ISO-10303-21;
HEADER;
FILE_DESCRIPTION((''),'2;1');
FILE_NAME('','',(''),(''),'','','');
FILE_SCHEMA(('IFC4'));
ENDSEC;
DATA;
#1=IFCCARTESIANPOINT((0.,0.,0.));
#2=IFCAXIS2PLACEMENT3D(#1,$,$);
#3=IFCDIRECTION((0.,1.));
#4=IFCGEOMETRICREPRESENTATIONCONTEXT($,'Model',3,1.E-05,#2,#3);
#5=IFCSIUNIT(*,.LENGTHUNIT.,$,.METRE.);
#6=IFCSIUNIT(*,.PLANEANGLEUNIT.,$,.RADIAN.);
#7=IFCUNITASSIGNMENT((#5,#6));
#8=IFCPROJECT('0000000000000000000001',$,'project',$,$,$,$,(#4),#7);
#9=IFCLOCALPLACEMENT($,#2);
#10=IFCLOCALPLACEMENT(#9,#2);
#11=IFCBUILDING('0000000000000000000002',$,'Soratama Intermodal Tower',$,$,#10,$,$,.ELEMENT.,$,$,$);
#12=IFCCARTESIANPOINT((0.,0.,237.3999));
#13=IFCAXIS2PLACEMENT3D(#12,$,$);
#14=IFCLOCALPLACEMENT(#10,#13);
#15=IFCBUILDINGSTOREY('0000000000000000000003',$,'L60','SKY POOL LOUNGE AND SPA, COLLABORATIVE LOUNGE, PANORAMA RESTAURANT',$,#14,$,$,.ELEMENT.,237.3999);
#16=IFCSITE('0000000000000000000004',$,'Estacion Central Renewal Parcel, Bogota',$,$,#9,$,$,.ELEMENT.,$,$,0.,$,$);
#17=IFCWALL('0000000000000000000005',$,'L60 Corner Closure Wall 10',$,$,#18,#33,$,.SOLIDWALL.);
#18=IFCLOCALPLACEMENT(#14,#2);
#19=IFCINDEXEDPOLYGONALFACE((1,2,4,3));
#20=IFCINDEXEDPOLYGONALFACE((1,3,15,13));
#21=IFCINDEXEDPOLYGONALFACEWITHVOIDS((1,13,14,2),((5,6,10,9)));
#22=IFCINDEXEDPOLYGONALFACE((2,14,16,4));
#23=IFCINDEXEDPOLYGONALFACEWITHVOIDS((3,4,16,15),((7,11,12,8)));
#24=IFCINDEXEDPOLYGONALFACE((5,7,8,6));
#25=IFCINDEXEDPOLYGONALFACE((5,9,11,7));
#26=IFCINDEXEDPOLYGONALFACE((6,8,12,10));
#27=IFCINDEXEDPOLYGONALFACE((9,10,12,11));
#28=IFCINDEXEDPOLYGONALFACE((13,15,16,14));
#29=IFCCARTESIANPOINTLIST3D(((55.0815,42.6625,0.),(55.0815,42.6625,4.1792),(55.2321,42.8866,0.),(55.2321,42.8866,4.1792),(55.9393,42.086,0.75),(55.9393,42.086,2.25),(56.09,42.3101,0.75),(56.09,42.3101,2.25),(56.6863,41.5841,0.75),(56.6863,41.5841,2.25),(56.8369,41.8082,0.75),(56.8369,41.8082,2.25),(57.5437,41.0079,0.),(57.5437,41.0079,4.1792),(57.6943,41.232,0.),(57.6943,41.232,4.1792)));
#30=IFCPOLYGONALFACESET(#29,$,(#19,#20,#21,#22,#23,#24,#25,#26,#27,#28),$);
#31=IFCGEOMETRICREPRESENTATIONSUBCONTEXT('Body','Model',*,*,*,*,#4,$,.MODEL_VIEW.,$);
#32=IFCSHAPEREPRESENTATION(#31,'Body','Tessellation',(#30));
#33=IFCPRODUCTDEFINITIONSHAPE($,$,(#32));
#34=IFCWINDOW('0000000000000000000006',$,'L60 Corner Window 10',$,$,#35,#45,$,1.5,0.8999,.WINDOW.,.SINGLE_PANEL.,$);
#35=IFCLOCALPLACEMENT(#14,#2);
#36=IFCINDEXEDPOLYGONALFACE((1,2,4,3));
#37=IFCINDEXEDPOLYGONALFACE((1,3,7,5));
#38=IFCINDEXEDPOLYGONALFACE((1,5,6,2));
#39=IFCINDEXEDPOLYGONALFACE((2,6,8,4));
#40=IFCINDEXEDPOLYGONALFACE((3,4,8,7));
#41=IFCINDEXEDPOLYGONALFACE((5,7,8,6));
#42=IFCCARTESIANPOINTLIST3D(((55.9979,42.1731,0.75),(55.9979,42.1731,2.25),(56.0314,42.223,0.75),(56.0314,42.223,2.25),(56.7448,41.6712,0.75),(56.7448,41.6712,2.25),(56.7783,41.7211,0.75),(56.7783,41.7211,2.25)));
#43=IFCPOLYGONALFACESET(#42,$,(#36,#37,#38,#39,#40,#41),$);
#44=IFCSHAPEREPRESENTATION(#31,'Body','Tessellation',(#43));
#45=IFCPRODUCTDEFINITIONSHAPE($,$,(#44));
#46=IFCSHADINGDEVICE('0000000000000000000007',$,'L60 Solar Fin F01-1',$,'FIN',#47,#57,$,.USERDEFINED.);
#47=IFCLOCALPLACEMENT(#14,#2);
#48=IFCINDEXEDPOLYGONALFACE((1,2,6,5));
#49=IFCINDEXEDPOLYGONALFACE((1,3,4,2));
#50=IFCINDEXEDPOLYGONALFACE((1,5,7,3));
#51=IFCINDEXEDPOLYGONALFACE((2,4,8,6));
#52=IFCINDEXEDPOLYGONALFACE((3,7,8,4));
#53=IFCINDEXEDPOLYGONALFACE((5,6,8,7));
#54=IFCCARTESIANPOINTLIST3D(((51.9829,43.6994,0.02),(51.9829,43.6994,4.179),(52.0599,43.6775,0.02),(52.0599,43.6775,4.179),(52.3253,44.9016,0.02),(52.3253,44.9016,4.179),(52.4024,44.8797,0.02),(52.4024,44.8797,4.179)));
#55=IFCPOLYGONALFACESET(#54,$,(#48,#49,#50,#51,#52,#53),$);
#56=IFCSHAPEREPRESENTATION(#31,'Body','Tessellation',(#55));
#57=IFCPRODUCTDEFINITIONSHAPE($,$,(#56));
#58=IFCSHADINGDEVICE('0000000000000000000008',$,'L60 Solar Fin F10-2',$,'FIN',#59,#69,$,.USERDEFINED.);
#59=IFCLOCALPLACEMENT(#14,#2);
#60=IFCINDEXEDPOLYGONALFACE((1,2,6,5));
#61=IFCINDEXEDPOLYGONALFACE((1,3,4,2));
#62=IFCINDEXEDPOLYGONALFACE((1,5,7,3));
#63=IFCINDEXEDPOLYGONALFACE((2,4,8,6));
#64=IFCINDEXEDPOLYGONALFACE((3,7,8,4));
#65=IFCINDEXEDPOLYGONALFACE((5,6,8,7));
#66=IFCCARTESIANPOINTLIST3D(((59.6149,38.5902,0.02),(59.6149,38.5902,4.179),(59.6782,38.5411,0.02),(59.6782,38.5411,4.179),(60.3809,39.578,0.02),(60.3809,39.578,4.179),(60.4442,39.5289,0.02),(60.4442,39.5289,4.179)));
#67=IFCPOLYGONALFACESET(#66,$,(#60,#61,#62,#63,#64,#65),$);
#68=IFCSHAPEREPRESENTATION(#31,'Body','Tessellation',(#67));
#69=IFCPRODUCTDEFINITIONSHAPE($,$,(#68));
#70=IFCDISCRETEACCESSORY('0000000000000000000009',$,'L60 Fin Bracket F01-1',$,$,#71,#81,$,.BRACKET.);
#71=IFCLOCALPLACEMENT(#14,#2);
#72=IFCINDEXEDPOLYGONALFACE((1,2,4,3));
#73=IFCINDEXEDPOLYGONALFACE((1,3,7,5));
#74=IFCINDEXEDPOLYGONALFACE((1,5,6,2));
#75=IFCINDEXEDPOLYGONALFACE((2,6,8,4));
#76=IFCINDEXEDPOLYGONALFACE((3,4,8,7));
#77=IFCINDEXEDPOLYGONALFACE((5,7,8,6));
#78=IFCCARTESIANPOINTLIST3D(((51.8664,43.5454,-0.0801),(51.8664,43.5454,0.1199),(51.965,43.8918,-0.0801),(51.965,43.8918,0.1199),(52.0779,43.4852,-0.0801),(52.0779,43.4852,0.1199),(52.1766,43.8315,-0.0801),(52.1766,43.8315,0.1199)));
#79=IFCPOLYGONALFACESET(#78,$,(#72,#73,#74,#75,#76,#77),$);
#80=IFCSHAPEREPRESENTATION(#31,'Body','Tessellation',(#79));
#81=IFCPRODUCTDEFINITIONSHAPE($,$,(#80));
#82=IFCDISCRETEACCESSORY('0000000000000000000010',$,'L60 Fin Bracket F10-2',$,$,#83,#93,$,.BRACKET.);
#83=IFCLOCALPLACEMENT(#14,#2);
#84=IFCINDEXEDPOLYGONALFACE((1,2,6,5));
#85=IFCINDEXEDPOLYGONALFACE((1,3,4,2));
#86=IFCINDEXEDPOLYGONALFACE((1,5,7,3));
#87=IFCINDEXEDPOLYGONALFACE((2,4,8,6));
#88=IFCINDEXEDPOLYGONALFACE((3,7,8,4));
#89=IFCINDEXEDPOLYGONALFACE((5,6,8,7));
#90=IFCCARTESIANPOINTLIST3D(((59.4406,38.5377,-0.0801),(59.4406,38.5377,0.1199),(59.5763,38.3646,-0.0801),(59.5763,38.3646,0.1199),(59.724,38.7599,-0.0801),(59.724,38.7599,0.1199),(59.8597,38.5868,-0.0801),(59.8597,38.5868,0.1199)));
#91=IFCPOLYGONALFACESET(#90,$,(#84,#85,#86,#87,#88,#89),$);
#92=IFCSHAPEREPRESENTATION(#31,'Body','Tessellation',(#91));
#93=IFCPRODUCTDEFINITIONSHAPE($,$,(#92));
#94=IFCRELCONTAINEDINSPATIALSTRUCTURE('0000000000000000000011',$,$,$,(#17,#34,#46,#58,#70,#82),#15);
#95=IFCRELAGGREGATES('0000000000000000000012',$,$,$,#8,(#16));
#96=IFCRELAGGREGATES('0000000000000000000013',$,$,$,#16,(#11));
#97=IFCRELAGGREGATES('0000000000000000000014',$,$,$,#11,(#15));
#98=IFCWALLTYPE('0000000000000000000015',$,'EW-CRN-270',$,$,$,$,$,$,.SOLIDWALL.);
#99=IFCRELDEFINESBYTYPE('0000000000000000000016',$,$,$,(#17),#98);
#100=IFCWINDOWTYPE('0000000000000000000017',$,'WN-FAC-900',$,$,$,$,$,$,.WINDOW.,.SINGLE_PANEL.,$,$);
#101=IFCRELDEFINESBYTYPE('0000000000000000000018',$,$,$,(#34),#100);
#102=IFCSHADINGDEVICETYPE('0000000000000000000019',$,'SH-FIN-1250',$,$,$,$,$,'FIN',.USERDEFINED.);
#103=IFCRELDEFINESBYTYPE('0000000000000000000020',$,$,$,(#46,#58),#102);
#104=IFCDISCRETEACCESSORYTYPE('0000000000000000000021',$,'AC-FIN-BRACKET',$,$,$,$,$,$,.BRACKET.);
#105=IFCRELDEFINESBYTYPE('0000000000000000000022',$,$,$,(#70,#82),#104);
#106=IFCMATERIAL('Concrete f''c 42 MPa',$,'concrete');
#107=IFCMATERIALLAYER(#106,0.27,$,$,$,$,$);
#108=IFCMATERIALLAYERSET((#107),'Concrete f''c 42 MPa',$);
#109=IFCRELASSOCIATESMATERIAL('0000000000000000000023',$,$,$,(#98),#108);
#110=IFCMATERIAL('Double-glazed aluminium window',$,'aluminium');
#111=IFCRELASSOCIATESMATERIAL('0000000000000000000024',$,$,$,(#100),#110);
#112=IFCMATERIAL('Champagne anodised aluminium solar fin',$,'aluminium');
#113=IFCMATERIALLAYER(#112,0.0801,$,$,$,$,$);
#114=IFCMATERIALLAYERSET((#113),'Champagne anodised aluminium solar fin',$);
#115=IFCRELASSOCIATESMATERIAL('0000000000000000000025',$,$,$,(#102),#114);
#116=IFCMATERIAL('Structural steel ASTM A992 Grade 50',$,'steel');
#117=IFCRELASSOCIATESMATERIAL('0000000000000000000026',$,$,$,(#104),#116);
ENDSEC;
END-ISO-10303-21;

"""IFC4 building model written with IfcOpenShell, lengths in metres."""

from ifc_helpers import new_model, si_unit, direction, frame, frame_2d, origin, origin_2d, place, context, subcontext, project, spatial, rectangle, extrude, material, layer, layer_set, type_object, element, fill, save


model = new_model("IFC4")

# Units and contexts
model_context = context("Model", 3, precision=1e-05, world=origin(), true_north=direction((0.0, 1.0)))
body_context = subcontext(model_context, "Body", "Model", "MODEL_VIEW")
ifc_project = project(units=[si_unit("LENGTHUNIT", "METRE"), si_unit("PLANEANGLEUNIT", "RADIAN")], contexts=[model_context])

# Site, building, storey
site_placement = place(None, origin())
site = spatial("IfcSite", under=ifc_project, at=site_placement, Name="Estacion Central Renewal Parcel, Bogota", CompositionType="ELEMENT", RefElevation=0.0)
building_placement = place(site_placement, origin())
building = spatial("IfcBuilding", under=site, at=building_placement, Name="Soratama Intermodal Tower", CompositionType="ELEMENT")
storey_placement = place(building_placement, frame((0.0, 0.0, 237.3999)))
storey = spatial("IfcBuildingStorey", under=building, at=storey_placement, Name="L60", Description="SKY POOL LOUNGE AND SPA, COLLABORATIVE LOUNGE, PANORAMA RESTAURANT", CompositionType="ELEMENT", Elevation=237.3999)

# Wall, opening, window
ifc_material_1 = material(Name="Concrete f'c 42 MPa", Category="concrete")
ifc_layer_1 = layer(ifc_material_1, 0.27)
ifc_layer_set_1 = layer_set([ifc_layer_1], Name="Concrete f'c 42 MPa")
wall_type = type_object("IfcWallType", Name="EW-CRN-270", PredefinedType="SOLIDWALL", material=ifc_layer_set_1)
wall_placement = place(storey_placement, frame((57.6191, 41.1199, 0.0), z_axis=(0.0, 0.0, 1.0), x_axis=(-0.830006, 0.557754, 0.0)))
wall = element("IfcWall", 1, at=wall_placement, inside=storey, type_object=wall_type, Name="L60 Corner Closure Wall 10", PredefinedType="SOLIDWALL", context=body_context, shape_type="SweptSolid", body=[
    extrude(rectangle(XDim=2.9666, YDim=0.27, at=frame_2d((1.4834, 0.0))), origin(), (0.0, 0.0, 1.0), 4.1792),
])
opening_placement = place(wall_placement, frame((1.0332, 0.0, 0.75)))
opening = element("IfcOpeningElement", 2, at=opening_placement, cuts=wall, PredefinedType="OPENING", context=body_context, shape_type="SweptSolid", body=[
    extrude(rectangle(XDim=0.8999, YDim=1.5, at=frame_2d((0.45, 0.75))), frame((0.0, 0.145, 0.0), z_axis=(0.0, -1.0, 0.0), x_axis=(1.0, 0.0, 0.0)), (0.0, 0.0, 1.0), 0.29),
])
ifc_material_2 = material(Name="Double-glazed aluminium window", Category="aluminium")
window_type = type_object("IfcWindowType", Name="WN-FAC-900", PartitioningType="SINGLE_PANEL", PredefinedType="WINDOW", material=ifc_material_2)
window_placement = place(opening_placement, origin())
window = element("IfcWindow", 3, at=window_placement, inside=storey, type_object=window_type, Name="L60 Corner Window 10", OverallHeight=1.5, OverallWidth=0.8999, PartitioningType="SINGLE_PANEL", PredefinedType="WINDOW", context=body_context, shape_type="SweptSolid", body=[
    extrude(rectangle(XDim=0.8999, YDim=1.5, at=frame_2d((0.45, 0.75))), frame((0.0, 0.03, 0.0), z_axis=(0.0, -1.0, 0.0), x_axis=(1.0, 0.0, 0.0)), (0.0, 0.0, 1.0), 0.0601),
])
fill(opening, window)

# Shading devices
ifc_material_3 = material(Name="Champagne anodised aluminium solar fin", Category="aluminium")
ifc_layer_2 = layer(ifc_material_3, 0.0801)
ifc_layer_set_2 = layer_set([ifc_layer_2], Name="Champagne anodised aluminium solar fin")
shading_device_type = type_object("IfcShadingDeviceType", Name="SH-FIN-1250", ElementType="FIN", PredefinedType="USERDEFINED", material=ifc_layer_set_2)
for number, where, z_axis, x_axis, name in (
    (4, (52.1926, 44.2896, 0.02), (0.0, 0.0, 1.0), (0.273959, 0.961741, 0.0), "L60 Solar Fin F01-1"),
    (5, (60.0295, 39.0596, 0.02), (0.0, 0.0, 1.0), (0.612769, 0.790262, 0.0), "L60 Solar Fin F10-2"),
):
    element("IfcShadingDevice", number, at=place(storey_placement, frame(where, z_axis=z_axis, x_axis=x_axis)), inside=storey, type_object=shading_device_type, Name=name, ObjectType="FIN", PredefinedType="USERDEFINED", context=body_context, shape_type="SweptSolid", body=[
        extrude(rectangle(XDim=1.25, YDim=0.0801, at=origin_2d()), origin(), (0.0, 0.0, 1.0), 4.1589),
    ])

# Discrete accessories
ifc_material_4 = material(Name="Structural steel ASTM A992 Grade 50", Category="steel")
discrete_accessory_type = type_object("IfcDiscreteAccessoryType", Name="AC-FIN-BRACKET", PredefinedType="BRACKET", material=ifc_material_4)
for number, where, z_axis, x_axis, name in (
    (6, (52.0215, 43.6885, -0.0801), (0.0, 0.0, 1.0), (0.273959, 0.961741, 0.0), "L60 Fin Bracket F01-1"),
    (7, (59.6501, 38.5623, -0.0801), (0.0, 0.0, 1.0), (0.786935, 0.617036, 0.0), "L60 Fin Bracket F10-2"),
):
    element("IfcDiscreteAccessory", number, at=place(storey_placement, frame(where, z_axis=z_axis, x_axis=x_axis)), inside=storey, type_object=discrete_accessory_type, Name=name, PredefinedType="BRACKET", context=body_context, shape_type="SweptSolid", body=[
        extrude(rectangle(XDim=0.3601, YDim=0.22, at=origin_2d()), origin(), (0.0, 0.0, 1.0), 0.2),
    ])

save(model, "model.ifc")
